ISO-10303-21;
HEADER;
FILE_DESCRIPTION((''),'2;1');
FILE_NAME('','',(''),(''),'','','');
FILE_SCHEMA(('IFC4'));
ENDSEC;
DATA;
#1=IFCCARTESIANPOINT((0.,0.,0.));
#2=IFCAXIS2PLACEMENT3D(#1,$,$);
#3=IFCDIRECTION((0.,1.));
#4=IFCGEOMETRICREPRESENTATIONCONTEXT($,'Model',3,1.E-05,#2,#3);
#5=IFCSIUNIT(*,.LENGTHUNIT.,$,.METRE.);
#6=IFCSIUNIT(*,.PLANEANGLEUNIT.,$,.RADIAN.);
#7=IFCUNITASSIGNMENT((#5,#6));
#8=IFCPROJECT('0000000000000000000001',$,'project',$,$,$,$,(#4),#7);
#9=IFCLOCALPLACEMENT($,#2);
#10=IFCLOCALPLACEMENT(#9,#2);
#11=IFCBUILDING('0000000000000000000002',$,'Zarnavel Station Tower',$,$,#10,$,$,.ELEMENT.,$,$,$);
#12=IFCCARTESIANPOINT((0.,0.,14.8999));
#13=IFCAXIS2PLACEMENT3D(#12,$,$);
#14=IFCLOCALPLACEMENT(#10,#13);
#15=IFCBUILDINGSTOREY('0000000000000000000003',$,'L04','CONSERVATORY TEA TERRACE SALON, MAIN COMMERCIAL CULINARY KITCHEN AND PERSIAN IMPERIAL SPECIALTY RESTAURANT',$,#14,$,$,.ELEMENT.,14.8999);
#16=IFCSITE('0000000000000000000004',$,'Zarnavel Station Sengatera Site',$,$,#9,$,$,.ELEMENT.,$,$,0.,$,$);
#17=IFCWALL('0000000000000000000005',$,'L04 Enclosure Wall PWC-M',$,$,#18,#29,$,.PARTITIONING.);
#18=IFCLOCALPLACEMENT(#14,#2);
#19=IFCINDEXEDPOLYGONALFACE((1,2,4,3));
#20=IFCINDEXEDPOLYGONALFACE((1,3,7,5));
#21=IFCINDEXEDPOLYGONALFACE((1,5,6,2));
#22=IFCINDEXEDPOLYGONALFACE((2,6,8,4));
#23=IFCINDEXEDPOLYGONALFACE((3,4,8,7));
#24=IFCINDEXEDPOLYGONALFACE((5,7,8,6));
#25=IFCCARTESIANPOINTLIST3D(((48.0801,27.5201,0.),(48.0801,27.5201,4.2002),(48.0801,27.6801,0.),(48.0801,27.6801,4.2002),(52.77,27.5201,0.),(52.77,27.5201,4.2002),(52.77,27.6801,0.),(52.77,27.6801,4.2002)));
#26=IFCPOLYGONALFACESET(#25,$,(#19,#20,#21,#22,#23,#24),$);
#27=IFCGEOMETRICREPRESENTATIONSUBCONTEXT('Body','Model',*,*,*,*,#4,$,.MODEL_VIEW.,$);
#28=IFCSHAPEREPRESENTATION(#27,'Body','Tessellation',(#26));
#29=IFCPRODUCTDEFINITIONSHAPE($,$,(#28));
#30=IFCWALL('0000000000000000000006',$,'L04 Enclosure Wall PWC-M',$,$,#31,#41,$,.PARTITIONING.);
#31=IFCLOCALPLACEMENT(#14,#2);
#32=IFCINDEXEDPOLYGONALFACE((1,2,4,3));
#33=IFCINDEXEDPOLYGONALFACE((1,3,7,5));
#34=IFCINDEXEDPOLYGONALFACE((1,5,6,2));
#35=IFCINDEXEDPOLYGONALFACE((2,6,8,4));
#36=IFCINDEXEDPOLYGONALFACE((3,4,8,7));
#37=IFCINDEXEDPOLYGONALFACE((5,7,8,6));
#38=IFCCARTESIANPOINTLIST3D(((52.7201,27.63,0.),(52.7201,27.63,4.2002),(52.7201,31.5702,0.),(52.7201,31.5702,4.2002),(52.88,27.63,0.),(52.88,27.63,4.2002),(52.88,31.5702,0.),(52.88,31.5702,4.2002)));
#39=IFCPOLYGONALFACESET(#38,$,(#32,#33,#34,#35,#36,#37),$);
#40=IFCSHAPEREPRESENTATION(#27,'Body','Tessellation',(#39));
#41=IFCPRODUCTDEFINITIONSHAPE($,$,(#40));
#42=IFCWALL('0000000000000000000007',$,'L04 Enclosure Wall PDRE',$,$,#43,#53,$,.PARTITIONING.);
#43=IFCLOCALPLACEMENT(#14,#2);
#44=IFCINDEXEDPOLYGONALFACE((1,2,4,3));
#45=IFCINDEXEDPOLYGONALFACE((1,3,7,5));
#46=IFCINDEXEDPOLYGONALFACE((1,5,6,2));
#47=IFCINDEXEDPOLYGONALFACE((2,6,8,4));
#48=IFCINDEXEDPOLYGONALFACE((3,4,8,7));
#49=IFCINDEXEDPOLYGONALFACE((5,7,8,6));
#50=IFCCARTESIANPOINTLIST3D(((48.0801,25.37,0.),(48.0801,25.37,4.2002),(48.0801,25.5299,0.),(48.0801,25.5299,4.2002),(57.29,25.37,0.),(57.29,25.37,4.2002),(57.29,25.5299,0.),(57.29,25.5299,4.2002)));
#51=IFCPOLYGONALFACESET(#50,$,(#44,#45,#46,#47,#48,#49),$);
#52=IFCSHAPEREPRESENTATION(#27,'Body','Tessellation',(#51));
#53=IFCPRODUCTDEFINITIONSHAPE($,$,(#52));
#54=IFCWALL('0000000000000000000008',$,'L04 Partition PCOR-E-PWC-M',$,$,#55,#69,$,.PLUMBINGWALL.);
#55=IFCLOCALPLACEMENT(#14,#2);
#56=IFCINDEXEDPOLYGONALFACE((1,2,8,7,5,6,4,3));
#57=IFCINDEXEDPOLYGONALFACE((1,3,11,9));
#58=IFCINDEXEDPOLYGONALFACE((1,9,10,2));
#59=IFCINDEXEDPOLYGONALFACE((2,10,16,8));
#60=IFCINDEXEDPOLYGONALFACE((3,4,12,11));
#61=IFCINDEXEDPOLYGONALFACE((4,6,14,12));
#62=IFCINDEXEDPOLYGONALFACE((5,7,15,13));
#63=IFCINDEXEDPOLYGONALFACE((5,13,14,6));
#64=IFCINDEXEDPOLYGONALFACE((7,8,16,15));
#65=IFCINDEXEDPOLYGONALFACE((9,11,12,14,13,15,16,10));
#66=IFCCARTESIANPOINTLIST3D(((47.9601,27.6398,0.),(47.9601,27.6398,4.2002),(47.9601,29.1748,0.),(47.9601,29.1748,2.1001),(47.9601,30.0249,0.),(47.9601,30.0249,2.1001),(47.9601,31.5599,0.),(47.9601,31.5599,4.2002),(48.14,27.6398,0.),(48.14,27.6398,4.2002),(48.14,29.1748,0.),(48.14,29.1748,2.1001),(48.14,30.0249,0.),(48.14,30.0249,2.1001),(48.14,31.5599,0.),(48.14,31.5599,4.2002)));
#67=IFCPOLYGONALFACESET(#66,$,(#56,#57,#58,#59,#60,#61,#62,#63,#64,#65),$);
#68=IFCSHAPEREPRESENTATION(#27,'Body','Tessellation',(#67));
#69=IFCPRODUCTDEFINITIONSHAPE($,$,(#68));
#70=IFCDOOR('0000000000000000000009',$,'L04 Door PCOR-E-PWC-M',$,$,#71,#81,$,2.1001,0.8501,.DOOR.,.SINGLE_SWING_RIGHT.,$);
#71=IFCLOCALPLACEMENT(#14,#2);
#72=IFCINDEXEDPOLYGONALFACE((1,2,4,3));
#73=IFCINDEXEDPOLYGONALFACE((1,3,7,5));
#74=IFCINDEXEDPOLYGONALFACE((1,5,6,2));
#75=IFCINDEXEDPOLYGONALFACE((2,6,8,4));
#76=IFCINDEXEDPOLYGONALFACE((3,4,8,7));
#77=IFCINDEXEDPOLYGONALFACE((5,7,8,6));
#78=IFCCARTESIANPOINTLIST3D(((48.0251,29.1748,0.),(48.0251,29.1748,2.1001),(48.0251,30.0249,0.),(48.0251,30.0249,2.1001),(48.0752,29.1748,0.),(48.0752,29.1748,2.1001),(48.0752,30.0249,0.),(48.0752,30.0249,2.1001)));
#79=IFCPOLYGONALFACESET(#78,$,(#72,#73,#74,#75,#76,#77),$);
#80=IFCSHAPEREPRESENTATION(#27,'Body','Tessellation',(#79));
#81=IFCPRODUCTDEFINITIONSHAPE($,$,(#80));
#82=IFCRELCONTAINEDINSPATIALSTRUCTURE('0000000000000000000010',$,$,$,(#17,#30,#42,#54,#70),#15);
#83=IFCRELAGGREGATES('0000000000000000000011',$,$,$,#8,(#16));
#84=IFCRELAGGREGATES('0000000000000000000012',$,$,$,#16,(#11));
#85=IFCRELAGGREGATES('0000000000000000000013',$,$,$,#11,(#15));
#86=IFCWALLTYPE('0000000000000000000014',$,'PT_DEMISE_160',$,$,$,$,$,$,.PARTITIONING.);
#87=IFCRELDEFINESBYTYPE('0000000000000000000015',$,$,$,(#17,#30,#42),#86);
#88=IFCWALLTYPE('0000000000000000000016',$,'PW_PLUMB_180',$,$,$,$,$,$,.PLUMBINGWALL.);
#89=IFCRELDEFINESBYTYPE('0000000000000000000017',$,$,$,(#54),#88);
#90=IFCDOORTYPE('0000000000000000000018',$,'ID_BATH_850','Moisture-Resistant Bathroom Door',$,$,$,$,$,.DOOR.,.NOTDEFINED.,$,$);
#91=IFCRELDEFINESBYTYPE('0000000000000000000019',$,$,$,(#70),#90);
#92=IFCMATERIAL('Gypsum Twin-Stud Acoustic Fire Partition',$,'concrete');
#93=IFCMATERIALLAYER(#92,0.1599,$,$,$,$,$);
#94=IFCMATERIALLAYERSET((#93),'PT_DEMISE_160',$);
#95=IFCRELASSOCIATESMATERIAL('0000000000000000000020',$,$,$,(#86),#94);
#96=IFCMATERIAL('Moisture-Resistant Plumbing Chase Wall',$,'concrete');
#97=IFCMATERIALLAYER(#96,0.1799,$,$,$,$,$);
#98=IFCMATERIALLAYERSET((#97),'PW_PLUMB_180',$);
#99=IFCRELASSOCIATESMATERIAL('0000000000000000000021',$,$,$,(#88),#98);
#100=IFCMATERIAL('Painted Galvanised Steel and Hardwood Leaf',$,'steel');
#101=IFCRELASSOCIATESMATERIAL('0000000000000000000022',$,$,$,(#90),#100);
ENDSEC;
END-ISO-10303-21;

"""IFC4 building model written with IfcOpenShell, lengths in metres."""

from ifc_helpers import new_model, si_unit, direction, frame, frame_2d, origin, place, context, subcontext, project, spatial, rectangle, extrude, material, layer, layer_set, type_object, element, fill, save


model = new_model("IFC4")

# Units and contexts
model_context = context("Model", 3, precision=1e-05, world=origin(), true_north=direction((0.0, 1.0)))
body_context = subcontext(model_context, "Body", "Model", "MODEL_VIEW")
ifc_project = project(units=[si_unit("LENGTHUNIT", "METRE"), si_unit("PLANEANGLEUNIT", "RADIAN")], contexts=[model_context])

# Site, building, storey
site_placement = place(None, origin())
site = spatial("IfcSite", under=ifc_project, at=site_placement, Name="Zarnavel Station Sengatera Site", CompositionType="ELEMENT", RefElevation=0.0)
building_placement = place(site_placement, origin())
building = spatial("IfcBuilding", under=site, at=building_placement, Name="Zarnavel Station Tower", CompositionType="ELEMENT")
storey_placement = place(building_placement, frame((0.0, 0.0, 14.8999)))
storey = spatial("IfcBuildingStorey", under=building, at=storey_placement, Name="L04", Description="CONSERVATORY TEA TERRACE SALON, MAIN COMMERCIAL CULINARY KITCHEN AND PERSIAN IMPERIAL SPECIALTY RESTAURANT", CompositionType="ELEMENT", Elevation=14.8999)

# Walls
ifc_material_1 = material(Name="Gypsum Twin-Stud Acoustic Fire Partition", Category="concrete")
ifc_layer_1 = layer(ifc_material_1, 0.1599)
ifc_layer_set_1 = layer_set([ifc_layer_1], Name="PT_DEMISE_160")
wall_type_1 = type_object("IfcWallType", Name="PT_DEMISE_160", PredefinedType="PARTITIONING", material=ifc_layer_set_1)
wall_1_placement = place(storey_placement, frame((48.0801, 27.6001, 0.0), z_axis=(0.0, 0.0, 1.0), x_axis=(1.0, 0.0, 0.0)))
element("IfcWall", 1, at=wall_1_placement, inside=storey, type_object=wall_type_1, Name="L04 Enclosure Wall PWC-M", PredefinedType="PARTITIONING", context=body_context, shape_type="SweptSolid", body=[
    extrude(rectangle(XDim=4.6899, YDim=0.1599, at=frame_2d((2.345, 0.0))), origin(), (0.0, 0.0, 1.0), 4.2002),
])
wall_2_placement = place(storey_placement, frame((52.8, 27.6299, 0.0), z_axis=(0.0, 0.0, 1.0), x_axis=(0.0, 1.0, 0.0)))
element("IfcWall", 2, at=wall_2_placement, inside=storey, type_object=wall_type_1, Name="L04 Enclosure Wall PWC-M", PredefinedType="PARTITIONING", context=body_context, shape_type="SweptSolid", body=[
    extrude(rectangle(XDim=3.9402, YDim=0.1599, at=frame_2d((1.9702, 0.0))), origin(), (0.0, 0.0, 1.0), 4.2002),
])
wall_3_placement = place(storey_placement, frame((48.0801, 25.45, 0.0), z_axis=(0.0, 0.0, 1.0), x_axis=(1.0, 0.0, 0.0)))
element("IfcWall", 3, at=wall_3_placement, inside=storey, type_object=wall_type_1, Name="L04 Enclosure Wall PDRE", PredefinedType="PARTITIONING", context=body_context, shape_type="SweptSolid", body=[
    extrude(rectangle(XDim=9.21, YDim=0.1599, at=frame_2d((4.605, 0.0))), origin(), (0.0, 0.0, 1.0), 4.2002),
])

# Wall, opening, door
ifc_material_2 = material(Name="Moisture-Resistant Plumbing Chase Wall", Category="concrete")
ifc_layer_2 = layer(ifc_material_2, 0.1799)
ifc_layer_set_2 = layer_set([ifc_layer_2], Name="PW_PLUMB_180")
wall_type_2 = type_object("IfcWallType", Name="PW_PLUMB_180", PredefinedType="PLUMBINGWALL", material=ifc_layer_set_2)
wall_4_placement = place(storey_placement, frame((48.05, 27.6399, 0.0), z_axis=(0.0, 0.0, 1.0), x_axis=(0.0, 1.0, 0.0)))
wall_4 = element("IfcWall", 4, at=wall_4_placement, inside=storey, type_object=wall_type_2, Name="L04 Partition PCOR-E-PWC-M", PredefinedType="PLUMBINGWALL", context=body_context, shape_type="SweptSolid", body=[
    extrude(rectangle(XDim=3.9202, YDim=0.1799, at=frame_2d((1.96, 0.0))), origin(), (0.0, 0.0, 1.0), 4.2002),
])
opening_placement = place(wall_4_placement, frame((1.5349, 0.0, 0.0)))
opening = element("IfcOpeningElement", 5, at=opening_placement, cuts=wall_4, PredefinedType="OPENING", context=body_context, shape_type="SweptSolid", body=[
    extrude(rectangle(XDim=0.8501, YDim=2.1001, at=frame_2d((0.425, 1.05))), frame((0.0, 0.0999, 0.0), z_axis=(0.0, -1.0, 0.0), x_axis=(1.0, 0.0, 0.0)), (0.0, 0.0, 1.0), 0.2),
])
ifc_material_3 = material(Name="Painted Galvanised Steel and Hardwood Leaf", Category="steel")
door_type = type_object("IfcDoorType", Name="ID_BATH_850", Description="Moisture-Resistant Bathroom Door", OperationType="NOTDEFINED", PredefinedType="DOOR", material=ifc_material_3)
door_placement = place(opening_placement, origin())
door = element("IfcDoor", 6, at=door_placement, inside=storey, type_object=door_type, Name="L04 Door PCOR-E-PWC-M", OperationType="SINGLE_SWING_RIGHT", OverallHeight=2.1001, OverallWidth=0.8501, PredefinedType="DOOR", context=body_context, shape_type="SweptSolid", body=[
    extrude(rectangle(XDim=0.8501, YDim=2.1001, at=frame_2d((0.425, 1.05))), frame((0.0, 0.0249, 0.0), z_axis=(0.0, -1.0, 0.0), x_axis=(1.0, 0.0, 0.0)), (0.0, 0.0, 1.0), 0.05),
])
fill(opening, door)

save(model, "model.ifc")
